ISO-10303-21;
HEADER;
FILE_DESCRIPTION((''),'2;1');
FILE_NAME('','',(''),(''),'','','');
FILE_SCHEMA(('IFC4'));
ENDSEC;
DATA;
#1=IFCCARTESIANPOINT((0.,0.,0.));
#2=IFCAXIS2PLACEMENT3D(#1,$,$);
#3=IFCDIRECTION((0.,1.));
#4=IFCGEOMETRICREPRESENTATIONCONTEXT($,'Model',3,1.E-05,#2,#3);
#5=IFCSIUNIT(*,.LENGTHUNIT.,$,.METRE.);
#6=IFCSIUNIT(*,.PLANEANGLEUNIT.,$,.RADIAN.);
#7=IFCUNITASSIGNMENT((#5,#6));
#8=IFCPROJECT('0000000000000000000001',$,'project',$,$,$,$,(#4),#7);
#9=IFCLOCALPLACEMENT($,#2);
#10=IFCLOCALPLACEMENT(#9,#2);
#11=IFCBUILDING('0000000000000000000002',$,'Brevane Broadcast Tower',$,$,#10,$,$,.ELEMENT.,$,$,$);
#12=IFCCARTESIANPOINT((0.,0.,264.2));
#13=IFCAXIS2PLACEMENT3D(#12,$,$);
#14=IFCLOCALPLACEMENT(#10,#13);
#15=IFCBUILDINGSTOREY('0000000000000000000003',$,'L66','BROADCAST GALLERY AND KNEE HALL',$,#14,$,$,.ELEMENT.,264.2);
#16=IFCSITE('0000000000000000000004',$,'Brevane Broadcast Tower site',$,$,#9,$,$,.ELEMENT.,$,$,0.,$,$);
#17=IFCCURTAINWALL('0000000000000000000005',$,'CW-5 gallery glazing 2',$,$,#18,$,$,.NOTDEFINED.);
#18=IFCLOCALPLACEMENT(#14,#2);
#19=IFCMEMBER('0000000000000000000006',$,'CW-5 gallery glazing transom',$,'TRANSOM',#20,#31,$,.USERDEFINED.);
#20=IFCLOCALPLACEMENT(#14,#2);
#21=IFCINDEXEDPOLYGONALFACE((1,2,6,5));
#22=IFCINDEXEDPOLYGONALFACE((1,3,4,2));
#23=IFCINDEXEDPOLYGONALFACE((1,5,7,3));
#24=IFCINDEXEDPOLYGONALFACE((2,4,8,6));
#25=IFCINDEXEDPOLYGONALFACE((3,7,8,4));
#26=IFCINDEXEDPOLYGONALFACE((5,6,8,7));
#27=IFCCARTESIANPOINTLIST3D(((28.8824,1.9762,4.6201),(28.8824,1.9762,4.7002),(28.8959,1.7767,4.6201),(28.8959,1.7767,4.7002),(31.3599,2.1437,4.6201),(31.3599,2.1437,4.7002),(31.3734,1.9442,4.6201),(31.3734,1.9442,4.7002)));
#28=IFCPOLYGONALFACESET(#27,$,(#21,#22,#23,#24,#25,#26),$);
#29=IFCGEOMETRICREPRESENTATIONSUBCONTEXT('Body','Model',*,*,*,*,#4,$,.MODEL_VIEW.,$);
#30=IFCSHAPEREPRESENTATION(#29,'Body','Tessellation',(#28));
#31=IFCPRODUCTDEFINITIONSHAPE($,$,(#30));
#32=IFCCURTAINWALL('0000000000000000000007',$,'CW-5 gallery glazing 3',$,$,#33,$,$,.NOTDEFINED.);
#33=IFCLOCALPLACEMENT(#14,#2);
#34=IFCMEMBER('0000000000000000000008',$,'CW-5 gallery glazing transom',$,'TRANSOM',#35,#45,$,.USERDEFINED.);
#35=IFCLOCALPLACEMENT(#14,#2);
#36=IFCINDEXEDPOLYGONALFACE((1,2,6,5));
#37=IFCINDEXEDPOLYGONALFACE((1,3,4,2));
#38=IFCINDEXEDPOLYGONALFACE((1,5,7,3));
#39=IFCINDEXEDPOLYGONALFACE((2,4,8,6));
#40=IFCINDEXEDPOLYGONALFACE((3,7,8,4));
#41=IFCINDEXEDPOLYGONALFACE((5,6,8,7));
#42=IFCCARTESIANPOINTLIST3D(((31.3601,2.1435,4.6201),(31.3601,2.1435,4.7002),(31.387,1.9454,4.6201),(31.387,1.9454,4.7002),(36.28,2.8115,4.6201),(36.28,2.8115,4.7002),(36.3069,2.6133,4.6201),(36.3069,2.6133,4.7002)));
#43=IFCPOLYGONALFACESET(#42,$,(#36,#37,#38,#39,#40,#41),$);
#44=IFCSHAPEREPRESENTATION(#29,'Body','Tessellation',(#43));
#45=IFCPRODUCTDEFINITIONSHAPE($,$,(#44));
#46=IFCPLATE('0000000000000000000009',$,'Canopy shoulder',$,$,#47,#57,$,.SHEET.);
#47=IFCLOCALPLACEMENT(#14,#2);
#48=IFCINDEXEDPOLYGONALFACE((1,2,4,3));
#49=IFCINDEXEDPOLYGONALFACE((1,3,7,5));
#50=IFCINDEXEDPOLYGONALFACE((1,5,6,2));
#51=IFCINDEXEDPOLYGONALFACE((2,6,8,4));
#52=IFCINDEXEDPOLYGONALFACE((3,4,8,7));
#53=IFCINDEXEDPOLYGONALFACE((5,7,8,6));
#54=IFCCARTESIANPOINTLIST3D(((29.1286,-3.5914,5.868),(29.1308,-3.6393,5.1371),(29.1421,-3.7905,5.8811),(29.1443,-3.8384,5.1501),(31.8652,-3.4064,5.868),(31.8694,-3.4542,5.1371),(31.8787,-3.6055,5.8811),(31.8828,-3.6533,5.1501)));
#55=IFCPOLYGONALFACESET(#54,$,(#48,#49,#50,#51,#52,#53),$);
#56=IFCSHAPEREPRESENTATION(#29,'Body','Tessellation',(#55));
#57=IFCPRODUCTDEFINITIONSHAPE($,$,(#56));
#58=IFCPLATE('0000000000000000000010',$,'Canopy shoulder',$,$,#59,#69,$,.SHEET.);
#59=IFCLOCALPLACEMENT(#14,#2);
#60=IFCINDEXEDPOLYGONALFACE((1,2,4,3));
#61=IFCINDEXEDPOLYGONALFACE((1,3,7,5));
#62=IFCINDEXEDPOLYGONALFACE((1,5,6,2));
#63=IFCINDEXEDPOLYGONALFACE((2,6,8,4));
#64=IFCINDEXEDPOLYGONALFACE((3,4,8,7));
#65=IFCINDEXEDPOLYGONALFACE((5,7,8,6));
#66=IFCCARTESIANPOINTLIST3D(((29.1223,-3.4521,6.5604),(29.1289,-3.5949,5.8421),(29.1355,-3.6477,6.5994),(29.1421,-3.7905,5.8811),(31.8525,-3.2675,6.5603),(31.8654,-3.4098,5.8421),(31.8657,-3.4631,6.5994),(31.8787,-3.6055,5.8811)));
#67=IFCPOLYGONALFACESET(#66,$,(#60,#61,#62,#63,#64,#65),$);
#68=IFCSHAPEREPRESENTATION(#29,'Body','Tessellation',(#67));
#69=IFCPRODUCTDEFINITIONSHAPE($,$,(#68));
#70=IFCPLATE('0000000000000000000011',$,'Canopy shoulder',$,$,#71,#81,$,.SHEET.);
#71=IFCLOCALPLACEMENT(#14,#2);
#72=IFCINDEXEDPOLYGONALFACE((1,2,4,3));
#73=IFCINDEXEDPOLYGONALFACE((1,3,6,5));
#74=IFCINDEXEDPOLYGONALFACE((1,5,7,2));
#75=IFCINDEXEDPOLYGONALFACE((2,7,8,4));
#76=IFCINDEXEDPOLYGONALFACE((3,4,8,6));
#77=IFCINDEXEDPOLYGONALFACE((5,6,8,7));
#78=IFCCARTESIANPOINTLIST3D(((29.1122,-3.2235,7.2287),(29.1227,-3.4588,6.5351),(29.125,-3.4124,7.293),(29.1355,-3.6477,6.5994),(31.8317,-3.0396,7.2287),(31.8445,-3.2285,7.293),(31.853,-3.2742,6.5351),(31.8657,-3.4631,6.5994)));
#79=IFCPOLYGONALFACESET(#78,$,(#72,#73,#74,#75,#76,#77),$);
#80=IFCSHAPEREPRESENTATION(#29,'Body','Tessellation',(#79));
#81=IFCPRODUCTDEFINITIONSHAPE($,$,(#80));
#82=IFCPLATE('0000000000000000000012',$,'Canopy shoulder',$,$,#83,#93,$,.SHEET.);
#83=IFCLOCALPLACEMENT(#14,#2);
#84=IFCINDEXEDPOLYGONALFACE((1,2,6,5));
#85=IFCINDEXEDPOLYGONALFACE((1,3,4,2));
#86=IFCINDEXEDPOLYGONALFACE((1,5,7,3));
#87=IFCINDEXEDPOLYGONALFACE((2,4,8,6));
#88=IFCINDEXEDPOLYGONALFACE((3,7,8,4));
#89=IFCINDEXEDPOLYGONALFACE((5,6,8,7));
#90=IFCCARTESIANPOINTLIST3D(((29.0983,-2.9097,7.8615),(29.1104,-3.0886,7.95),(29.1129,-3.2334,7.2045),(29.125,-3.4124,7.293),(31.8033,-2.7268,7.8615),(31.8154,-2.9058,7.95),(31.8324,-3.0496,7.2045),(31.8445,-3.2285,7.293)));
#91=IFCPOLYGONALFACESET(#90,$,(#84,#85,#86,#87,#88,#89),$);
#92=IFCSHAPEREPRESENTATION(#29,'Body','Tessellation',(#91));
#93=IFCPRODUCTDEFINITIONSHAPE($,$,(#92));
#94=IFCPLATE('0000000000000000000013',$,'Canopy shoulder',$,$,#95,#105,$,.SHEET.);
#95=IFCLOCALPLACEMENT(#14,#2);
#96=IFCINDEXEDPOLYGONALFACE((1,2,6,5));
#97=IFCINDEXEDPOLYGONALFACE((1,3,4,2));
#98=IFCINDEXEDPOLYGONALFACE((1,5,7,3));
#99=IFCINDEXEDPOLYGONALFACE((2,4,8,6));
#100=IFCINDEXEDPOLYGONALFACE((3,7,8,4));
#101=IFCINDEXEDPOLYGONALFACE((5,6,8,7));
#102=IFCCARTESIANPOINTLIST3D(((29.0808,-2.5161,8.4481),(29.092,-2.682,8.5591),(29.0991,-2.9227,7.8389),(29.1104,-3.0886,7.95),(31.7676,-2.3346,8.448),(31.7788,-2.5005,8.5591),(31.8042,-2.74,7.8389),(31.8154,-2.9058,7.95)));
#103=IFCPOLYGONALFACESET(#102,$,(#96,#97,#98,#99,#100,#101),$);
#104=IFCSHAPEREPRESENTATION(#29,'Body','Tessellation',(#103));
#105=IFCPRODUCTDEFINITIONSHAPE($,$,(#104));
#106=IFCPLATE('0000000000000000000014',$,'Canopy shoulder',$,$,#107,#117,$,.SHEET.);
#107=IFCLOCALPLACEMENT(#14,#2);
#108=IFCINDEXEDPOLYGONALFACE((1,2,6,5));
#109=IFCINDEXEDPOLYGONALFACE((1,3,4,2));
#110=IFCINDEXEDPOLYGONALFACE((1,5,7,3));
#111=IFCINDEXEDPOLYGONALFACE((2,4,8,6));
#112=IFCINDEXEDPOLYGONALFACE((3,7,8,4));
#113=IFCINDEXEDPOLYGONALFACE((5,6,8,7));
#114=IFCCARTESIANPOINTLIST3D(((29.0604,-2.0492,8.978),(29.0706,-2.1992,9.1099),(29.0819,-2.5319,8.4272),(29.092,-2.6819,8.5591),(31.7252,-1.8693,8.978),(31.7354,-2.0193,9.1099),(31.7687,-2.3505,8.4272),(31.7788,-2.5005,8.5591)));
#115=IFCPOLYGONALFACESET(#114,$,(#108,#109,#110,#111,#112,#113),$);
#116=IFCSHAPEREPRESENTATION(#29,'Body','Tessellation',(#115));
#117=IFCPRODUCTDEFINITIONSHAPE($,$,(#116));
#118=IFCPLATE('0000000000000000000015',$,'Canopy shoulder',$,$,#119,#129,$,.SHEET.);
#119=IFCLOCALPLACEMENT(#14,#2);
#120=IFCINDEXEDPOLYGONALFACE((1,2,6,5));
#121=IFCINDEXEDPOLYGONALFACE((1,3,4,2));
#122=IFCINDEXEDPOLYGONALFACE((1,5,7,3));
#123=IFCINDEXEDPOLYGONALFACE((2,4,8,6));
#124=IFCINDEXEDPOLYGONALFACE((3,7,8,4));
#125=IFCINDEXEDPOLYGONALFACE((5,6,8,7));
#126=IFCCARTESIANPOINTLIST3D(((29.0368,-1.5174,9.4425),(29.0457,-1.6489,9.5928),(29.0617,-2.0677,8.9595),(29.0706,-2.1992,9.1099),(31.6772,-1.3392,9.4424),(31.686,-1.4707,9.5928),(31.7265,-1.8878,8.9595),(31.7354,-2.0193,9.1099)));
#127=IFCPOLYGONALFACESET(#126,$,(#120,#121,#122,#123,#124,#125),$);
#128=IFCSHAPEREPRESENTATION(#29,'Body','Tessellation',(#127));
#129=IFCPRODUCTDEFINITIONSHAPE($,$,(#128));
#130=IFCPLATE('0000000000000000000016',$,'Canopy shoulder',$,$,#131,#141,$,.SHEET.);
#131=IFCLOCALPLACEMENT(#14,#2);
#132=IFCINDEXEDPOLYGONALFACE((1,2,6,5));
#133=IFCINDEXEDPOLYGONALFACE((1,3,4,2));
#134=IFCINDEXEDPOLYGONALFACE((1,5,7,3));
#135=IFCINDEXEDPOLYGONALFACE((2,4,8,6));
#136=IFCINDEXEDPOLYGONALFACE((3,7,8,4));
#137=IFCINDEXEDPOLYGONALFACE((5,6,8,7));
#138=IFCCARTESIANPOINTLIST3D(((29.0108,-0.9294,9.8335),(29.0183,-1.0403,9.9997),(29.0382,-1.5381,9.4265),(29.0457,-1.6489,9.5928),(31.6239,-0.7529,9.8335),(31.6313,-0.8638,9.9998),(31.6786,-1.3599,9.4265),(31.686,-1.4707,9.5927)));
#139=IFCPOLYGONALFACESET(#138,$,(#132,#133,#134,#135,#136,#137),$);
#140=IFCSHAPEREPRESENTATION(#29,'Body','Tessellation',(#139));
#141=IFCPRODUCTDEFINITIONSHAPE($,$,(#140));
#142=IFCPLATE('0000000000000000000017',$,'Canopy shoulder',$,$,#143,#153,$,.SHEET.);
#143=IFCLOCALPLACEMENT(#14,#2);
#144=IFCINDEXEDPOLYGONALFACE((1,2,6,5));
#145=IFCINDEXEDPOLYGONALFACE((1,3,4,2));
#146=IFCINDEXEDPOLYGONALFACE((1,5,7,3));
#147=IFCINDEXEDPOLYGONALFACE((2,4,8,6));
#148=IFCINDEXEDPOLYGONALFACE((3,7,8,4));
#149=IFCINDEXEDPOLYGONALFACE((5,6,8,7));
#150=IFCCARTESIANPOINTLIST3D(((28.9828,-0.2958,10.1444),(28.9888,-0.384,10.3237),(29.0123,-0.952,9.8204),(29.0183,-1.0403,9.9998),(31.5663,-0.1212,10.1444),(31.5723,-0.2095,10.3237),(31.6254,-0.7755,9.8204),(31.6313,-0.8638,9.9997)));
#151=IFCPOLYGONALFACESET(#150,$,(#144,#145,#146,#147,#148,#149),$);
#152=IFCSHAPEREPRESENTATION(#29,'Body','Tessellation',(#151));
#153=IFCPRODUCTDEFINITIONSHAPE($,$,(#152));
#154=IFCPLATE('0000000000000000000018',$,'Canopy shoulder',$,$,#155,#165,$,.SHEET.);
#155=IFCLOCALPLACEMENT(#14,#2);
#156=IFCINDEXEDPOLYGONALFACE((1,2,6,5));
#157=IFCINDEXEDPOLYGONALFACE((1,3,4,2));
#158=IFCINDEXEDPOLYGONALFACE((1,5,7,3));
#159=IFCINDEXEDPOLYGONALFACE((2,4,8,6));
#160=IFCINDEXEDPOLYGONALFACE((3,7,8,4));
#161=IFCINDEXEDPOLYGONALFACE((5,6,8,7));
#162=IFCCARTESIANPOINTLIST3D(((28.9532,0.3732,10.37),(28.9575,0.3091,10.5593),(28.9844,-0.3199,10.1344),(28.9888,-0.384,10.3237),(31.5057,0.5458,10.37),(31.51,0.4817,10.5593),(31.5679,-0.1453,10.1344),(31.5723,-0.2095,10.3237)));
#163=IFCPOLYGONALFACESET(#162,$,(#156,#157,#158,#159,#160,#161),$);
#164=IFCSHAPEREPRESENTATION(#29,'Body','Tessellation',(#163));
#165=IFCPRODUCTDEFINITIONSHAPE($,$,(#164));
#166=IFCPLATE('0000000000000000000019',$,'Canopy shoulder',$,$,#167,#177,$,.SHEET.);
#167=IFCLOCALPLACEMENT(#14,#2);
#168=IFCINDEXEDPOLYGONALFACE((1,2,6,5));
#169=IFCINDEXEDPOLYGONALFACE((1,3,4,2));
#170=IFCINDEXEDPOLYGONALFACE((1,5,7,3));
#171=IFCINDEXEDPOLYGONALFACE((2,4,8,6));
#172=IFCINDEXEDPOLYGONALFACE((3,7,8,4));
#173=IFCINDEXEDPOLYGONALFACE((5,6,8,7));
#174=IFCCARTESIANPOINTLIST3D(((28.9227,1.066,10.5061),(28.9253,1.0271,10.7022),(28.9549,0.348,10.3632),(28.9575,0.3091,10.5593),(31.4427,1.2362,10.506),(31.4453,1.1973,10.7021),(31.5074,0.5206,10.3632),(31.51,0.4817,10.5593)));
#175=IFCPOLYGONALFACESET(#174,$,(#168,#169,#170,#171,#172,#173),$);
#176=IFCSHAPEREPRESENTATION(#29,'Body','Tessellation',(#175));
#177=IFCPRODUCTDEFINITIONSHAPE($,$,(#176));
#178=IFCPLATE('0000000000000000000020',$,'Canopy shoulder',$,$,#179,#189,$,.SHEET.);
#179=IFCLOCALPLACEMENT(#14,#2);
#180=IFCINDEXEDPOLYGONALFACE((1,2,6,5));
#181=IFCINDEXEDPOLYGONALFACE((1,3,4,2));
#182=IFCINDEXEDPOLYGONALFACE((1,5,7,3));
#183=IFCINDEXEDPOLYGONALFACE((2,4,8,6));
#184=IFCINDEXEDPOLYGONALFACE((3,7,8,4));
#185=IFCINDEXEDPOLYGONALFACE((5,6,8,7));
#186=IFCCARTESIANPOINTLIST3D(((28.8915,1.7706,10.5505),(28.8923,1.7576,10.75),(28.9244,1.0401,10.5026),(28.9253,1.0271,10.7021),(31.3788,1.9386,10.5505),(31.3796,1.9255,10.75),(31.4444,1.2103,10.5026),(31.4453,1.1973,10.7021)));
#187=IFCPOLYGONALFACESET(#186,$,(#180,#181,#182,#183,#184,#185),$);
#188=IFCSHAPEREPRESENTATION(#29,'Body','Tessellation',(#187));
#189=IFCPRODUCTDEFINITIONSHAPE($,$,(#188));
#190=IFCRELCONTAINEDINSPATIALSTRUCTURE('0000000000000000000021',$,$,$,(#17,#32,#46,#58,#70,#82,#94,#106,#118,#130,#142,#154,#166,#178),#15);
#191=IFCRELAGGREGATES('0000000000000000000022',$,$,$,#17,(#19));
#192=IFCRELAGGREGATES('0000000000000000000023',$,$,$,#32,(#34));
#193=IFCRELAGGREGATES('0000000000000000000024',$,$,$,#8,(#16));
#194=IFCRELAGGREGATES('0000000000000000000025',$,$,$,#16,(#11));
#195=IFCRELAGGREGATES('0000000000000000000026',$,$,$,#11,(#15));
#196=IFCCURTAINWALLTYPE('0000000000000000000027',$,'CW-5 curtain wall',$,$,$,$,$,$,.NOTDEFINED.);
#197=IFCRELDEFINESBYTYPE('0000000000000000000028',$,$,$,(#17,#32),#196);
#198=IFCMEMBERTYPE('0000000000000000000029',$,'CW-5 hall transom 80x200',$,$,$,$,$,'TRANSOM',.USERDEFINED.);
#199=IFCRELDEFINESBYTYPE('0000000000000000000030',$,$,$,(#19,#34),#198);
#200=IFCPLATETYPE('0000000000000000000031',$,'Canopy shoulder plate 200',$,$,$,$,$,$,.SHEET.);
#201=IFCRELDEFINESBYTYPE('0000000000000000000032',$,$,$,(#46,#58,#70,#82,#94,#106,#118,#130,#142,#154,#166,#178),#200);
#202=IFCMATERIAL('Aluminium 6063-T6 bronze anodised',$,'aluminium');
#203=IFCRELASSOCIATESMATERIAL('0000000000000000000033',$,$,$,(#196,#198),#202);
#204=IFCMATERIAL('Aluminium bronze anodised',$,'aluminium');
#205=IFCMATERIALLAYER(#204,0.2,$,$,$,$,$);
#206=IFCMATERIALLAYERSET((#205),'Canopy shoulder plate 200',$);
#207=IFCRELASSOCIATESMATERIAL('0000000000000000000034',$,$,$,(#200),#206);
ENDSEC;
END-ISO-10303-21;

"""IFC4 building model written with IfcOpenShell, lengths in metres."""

from ifc_helpers import new_model, si_unit, direction, frame, origin, origin_2d, place, context, subcontext, project, spatial, polyline, rectangle, outline, extrude, material, layer, layer_set, material_profile, profile_set, type_object, element, aggregate, save


model = new_model("IFC4")

# Units and contexts
model_context = context("Model", 3, precision=1e-05, world=origin(), true_north=direction((0.0, 1.0)))
body_context = subcontext(model_context, "Body", "Model", "MODEL_VIEW")
ifc_project = project(units=[si_unit("LENGTHUNIT", "METRE"), si_unit("PLANEANGLEUNIT", "RADIAN")], contexts=[model_context])

# Site, building, storey
site_placement = place(None, origin())
site = spatial("IfcSite", under=ifc_project, at=site_placement, Name="Brevane Broadcast Tower site", CompositionType="ELEMENT", RefElevation=0.0)
building_placement = place(site_placement, origin())
building = spatial("IfcBuilding", under=site, at=building_placement, Name="Brevane Broadcast Tower", CompositionType="ELEMENT")
storey_placement = place(building_placement, frame((0.0, 0.0, 264.2)))
storey = spatial("IfcBuildingStorey", under=building, at=storey_placement, Name="L66", Description="BROADCAST GALLERY AND KNEE HALL", CompositionType="ELEMENT", Elevation=264.2)

# Curtain walls, members
ifc_material_1 = material(Name="Aluminium 6063-T6 bronze anodised", Category="aluminium")
curtain_wall_type = type_object("IfcCurtainWallType", Name="CW-5 curtain wall", PredefinedType="NOTDEFINED", material=ifc_material_1)
curtain_wall_1_placement = place(storey_placement, origin())
curtain_wall_1 = element("IfcCurtainWall", 1, at=curtain_wall_1_placement, inside=storey, type_object=curtain_wall_type, Name="CW-5 gallery glazing 2", PredefinedType="NOTDEFINED")
ifc_material_profile = material_profile(ifc_material_1, rectangle(XDim=0.2, YDim=0.0801, at=origin_2d()), Name="RECT 80x200")
ifc_profile_set = profile_set([ifc_material_profile], Name="Aluminium 6063-T6 bronze anodised")
member_type = type_object("IfcMemberType", Name="CW-5 hall transom 80x200", ElementType="TRANSOM", PredefinedType="USERDEFINED", material=ifc_profile_set)
member_1_placement = place(storey_placement, frame((28.8892, 1.8765, 4.6602), z_axis=(0.997723, 0.067446, 0.0), x_axis=(-0.067446, 0.997723, 0.0)))
member_1 = element("IfcMember", 2, at=member_1_placement, type_object=member_type, Name="CW-5 gallery glazing transom", ObjectType="TRANSOM", PredefinedType="USERDEFINED", context=body_context, shape_type="SweptSolid", body=[
    extrude(rectangle(XDim=0.2, YDim=0.0801, at=origin_2d()), origin(), (0.0, 0.0, 1.0), 2.4832),
])
aggregate(curtain_wall_1, [member_1])
curtain_wall_2_placement = place(storey_placement, origin())
curtain_wall_2 = element("IfcCurtainWall", 3, at=curtain_wall_2_placement, inside=storey, type_object=curtain_wall_type, Name="CW-5 gallery glazing 3", PredefinedType="NOTDEFINED")
member_2_placement = place(storey_placement, frame((31.3735, 2.0444, 4.6602), z_axis=(0.990909, 0.134534, 0.0), x_axis=(-0.134534, 0.990909, 0.0)))
member_2 = element("IfcMember", 4, at=member_2_placement, type_object=member_type, Name="CW-5 gallery glazing transom", ObjectType="TRANSOM", PredefinedType="USERDEFINED", context=body_context, shape_type="SweptSolid", body=[
    extrude(rectangle(XDim=0.2, YDim=0.0801, at=origin_2d()), origin(), (0.0, 0.0, 1.0), 4.9651),
])
aggregate(curtain_wall_2, [member_2])

# Plates
ifc_material_2 = material(Name="Aluminium bronze anodised", Category="aluminium")
ifc_layer = layer(ifc_material_2, 0.2)
ifc_layer_set = layer_set([ifc_layer], Name="Canopy shoulder plate 200")
plate_type = type_object("IfcPlateType", Name="Canopy shoulder plate 200", PredefinedType="SHEET", material=ifc_layer_set)
plate_1_placement = place(storey_placement, frame((29.1443, -3.8384, 5.1501), z_axis=(0.067301, -0.995583, 0.065467), x_axis=(0.997723, 0.067446, -0.000002)))
element("IfcPlate", 5, at=plate_1_placement, inside=storey, type_object=plate_type, Name="Canopy shoulder", PredefinedType="SHEET", context=body_context, shape_type="SweptSolid", body=[
    extrude(outline(polyline([(0.0, 0.0), (2.7448, 0.0), (2.7439, 0.7325), (0.001, 0.7325), (0.0, 0.0)])), origin(), (0.0, 0.0, -1.0), 0.2),
])
plate_2_placement = place(storey_placement, frame((29.1421, -3.7905, 5.8811), z_axis=(0.066162, -0.97854, 0.195144), x_axis=(0.997722, 0.06746, 0.000002)))
element("IfcPlate", 6, at=plate_2_placement, inside=storey, type_object=plate_type, Name="Canopy shoulder", PredefinedType="SHEET", context=body_context, shape_type="SweptSolid", body=[
    extrude(outline(polyline([(0.0, 0.0), (2.7428, 0.0), (2.7395, 0.7323), (0.0031, 0.7323), (0.0, 0.0)])), origin(), (0.0, 0.0, -1.0), 0.2),
])
plate_3_placement = place(storey_placement, frame((29.1355, -3.6477, 6.5994), z_axis=(0.063866, -0.944743, 0.32153), x_axis=(0.997723, 0.067448, 0.0)))
element("IfcPlate", 7, at=plate_3_placement, inside=storey, type_object=plate_type, Name="Canopy shoulder", PredefinedType="SHEET", context=body_context, shape_type="SweptSolid", body=[
    extrude(outline(polyline([(0.0, 0.0), (2.7365, 0.0), (2.7311, 0.7325), (0.0054, 0.7325), (0.0, 0.0)])), origin(), (0.0, 0.0, -1.0), 0.2),
])
plate_4_placement = place(storey_placement, frame((29.125, -3.4124, 7.293), z_axis=(0.060491, -0.894835, 0.44228), x_axis=(0.997723, 0.067446, 0.0)))
element("IfcPlate", 8, at=plate_4_placement, inside=storey, type_object=plate_type, Name="Canopy shoulder", PredefinedType="SHEET", context=body_context, shape_type="SweptSolid", body=[
    extrude(outline(polyline([(0.0, 0.0), (2.7257, 0.0), (2.7185, 0.7325), (0.0072, 0.7325), (0.0, 0.0)])), origin(), (0.0, 0.0, -1.0), 0.2),
])
plate_5_placement = place(storey_placement, frame((29.1104, -3.0886, 7.95), z_axis=(0.056047, -0.829625, 0.5555), x_axis=(0.997725, 0.067416, 0.000019)))
element("IfcPlate", 9, at=plate_5_placement, inside=storey, type_object=plate_type, Name="Canopy shoulder", PredefinedType="SHEET", context=body_context, shape_type="SweptSolid", body=[
    extrude(outline(polyline([(0.0, 0.0), (2.7113, 0.0), (2.702, 0.7325), (0.0092, 0.7326), (0.0, 0.0)])), origin(), (0.0, 0.0, -1.0), 0.2),
])
plate_6_placement = place(storey_placement, frame((29.092, -2.6819, 8.5591), z_axis=(0.050647, -0.750129, 0.659349), x_axis=(0.997729, 0.067363, -0.000002)))
element("IfcPlate", 10, at=plate_6_placement, inside=storey, type_object=plate_type, Name="Canopy shoulder", PredefinedType="SHEET", context=body_context, shape_type="SweptSolid", body=[
    extrude(outline(polyline([(0.0, 0.0), (2.6929, 0.0), (2.6819, 0.7326), (0.0111, 0.7326), (0.0, 0.0)])), origin(), (0.0, 0.0, -1.0), 0.2),
])
plate_7_placement = place(storey_placement, frame((29.0706, -2.1992, 9.1099), z_axis=(0.04441, -0.657824, 0.751862), x_axis=(0.997729, 0.067363, 0.000006)))
element("IfcPlate", 11, at=plate_7_placement, inside=storey, type_object=plate_type, Name="Canopy shoulder", PredefinedType="SHEET", context=body_context, shape_type="SweptSolid", body=[
    extrude(outline(polyline([(0.0, 0.0), (2.6709, 0.0), (2.6586, 0.7324), (0.0122, 0.7325), (0.0, 0.0)])), origin(), (0.0, 0.0, -1.0), 0.2),
])
plate_8_placement = place(storey_placement, frame((29.0457, -1.6489, 9.5928), z_axis=(0.037426, -0.554259, 0.831503), x_axis=(0.997729, 0.067354, -0.000012)))
element("IfcPlate", 12, at=plate_8_placement, inside=storey, type_object=plate_type, Name="Canopy shoulder", PredefinedType="SHEET", context=body_context, shape_type="SweptSolid", body=[
    extrude(outline(polyline([(0.0, 0.0), (2.6464, 0.0), (2.6327, 0.7327), (0.0137, 0.7326), (0.0, 0.0)])), origin(), (0.0, 0.0, -1.0), 0.2),
])
plate_9_placement = place(storey_placement, frame((29.0183, -1.0403, 9.9998), z_axis=(0.02982, -0.441383, 0.896823), x_axis=(0.997726, 0.067399, -0.000003)))
element("IfcPlate", 13, at=plate_9_placement, inside=storey, type_object=plate_type, Name="Canopy shoulder", PredefinedType="SHEET", context=body_context, shape_type="SweptSolid", body=[
    extrude(outline(polyline([(0.0, 0.0), (2.619, 0.0), (2.6041, 0.7323), (0.0148, 0.7323), (0.0, 0.0)])), origin(), (0.0, 0.0, -1.0), 0.2),
])
plate_10_placement = place(storey_placement, frame((28.9888, -0.384, 10.3237), z_axis=(0.021687, -0.320843, 0.946884), x_axis=(0.997725, 0.067417, -0.000008)))
element("IfcPlate", 14, at=plate_10_placement, inside=storey, type_object=plate_type, Name="Canopy shoulder", PredefinedType="SHEET", context=body_context, shape_type="SweptSolid", body=[
    extrude(outline(polyline([(0.0, 0.0), (2.5894, 0.0), (2.5739, 0.7327), (0.0155, 0.7326), (0.0, 0.0)])), origin(), (0.0, 0.0, -1.0), 0.2),
])
plate_11_placement = place(storey_placement, frame((28.9575, 0.3091, 10.5593), z_axis=(0.013146, -0.194538, 0.980807), x_axis=(0.997721, 0.067467, 0.000009)))
element("IfcPlate", 15, at=plate_11_placement, inside=storey, type_object=plate_type, Name="Canopy shoulder", PredefinedType="SHEET", context=body_context, shape_type="SweptSolid", body=[
    extrude(outline(polyline([(0.0, 0.0), (2.5583, 0.0), (2.542, 0.7324), (0.0163, 0.7326), (0.0, 0.0)])), origin(), (0.0, 0.0, -1.0), 0.2),
])
plate_12_placement = place(storey_placement, frame((28.9253, 1.0271, 10.7021), z_axis=(0.004401, -0.065169, 0.997865), x_axis=(0.997728, 0.067372, 0.0)))
element("IfcPlate", 16, at=plate_12_placement, inside=storey, type_object=plate_type, Name="Canopy shoulder", PredefinedType="SHEET", context=body_context, shape_type="SweptSolid", body=[
    extrude(outline(polyline([(0.0, 0.0), (2.5258, 0.0), (2.5093, 0.7326), (0.0163, 0.7326), (0.0, 0.0)])), origin(), (0.0, 0.0, -1.0), 0.2),
])

save(model, "model.ifc")
